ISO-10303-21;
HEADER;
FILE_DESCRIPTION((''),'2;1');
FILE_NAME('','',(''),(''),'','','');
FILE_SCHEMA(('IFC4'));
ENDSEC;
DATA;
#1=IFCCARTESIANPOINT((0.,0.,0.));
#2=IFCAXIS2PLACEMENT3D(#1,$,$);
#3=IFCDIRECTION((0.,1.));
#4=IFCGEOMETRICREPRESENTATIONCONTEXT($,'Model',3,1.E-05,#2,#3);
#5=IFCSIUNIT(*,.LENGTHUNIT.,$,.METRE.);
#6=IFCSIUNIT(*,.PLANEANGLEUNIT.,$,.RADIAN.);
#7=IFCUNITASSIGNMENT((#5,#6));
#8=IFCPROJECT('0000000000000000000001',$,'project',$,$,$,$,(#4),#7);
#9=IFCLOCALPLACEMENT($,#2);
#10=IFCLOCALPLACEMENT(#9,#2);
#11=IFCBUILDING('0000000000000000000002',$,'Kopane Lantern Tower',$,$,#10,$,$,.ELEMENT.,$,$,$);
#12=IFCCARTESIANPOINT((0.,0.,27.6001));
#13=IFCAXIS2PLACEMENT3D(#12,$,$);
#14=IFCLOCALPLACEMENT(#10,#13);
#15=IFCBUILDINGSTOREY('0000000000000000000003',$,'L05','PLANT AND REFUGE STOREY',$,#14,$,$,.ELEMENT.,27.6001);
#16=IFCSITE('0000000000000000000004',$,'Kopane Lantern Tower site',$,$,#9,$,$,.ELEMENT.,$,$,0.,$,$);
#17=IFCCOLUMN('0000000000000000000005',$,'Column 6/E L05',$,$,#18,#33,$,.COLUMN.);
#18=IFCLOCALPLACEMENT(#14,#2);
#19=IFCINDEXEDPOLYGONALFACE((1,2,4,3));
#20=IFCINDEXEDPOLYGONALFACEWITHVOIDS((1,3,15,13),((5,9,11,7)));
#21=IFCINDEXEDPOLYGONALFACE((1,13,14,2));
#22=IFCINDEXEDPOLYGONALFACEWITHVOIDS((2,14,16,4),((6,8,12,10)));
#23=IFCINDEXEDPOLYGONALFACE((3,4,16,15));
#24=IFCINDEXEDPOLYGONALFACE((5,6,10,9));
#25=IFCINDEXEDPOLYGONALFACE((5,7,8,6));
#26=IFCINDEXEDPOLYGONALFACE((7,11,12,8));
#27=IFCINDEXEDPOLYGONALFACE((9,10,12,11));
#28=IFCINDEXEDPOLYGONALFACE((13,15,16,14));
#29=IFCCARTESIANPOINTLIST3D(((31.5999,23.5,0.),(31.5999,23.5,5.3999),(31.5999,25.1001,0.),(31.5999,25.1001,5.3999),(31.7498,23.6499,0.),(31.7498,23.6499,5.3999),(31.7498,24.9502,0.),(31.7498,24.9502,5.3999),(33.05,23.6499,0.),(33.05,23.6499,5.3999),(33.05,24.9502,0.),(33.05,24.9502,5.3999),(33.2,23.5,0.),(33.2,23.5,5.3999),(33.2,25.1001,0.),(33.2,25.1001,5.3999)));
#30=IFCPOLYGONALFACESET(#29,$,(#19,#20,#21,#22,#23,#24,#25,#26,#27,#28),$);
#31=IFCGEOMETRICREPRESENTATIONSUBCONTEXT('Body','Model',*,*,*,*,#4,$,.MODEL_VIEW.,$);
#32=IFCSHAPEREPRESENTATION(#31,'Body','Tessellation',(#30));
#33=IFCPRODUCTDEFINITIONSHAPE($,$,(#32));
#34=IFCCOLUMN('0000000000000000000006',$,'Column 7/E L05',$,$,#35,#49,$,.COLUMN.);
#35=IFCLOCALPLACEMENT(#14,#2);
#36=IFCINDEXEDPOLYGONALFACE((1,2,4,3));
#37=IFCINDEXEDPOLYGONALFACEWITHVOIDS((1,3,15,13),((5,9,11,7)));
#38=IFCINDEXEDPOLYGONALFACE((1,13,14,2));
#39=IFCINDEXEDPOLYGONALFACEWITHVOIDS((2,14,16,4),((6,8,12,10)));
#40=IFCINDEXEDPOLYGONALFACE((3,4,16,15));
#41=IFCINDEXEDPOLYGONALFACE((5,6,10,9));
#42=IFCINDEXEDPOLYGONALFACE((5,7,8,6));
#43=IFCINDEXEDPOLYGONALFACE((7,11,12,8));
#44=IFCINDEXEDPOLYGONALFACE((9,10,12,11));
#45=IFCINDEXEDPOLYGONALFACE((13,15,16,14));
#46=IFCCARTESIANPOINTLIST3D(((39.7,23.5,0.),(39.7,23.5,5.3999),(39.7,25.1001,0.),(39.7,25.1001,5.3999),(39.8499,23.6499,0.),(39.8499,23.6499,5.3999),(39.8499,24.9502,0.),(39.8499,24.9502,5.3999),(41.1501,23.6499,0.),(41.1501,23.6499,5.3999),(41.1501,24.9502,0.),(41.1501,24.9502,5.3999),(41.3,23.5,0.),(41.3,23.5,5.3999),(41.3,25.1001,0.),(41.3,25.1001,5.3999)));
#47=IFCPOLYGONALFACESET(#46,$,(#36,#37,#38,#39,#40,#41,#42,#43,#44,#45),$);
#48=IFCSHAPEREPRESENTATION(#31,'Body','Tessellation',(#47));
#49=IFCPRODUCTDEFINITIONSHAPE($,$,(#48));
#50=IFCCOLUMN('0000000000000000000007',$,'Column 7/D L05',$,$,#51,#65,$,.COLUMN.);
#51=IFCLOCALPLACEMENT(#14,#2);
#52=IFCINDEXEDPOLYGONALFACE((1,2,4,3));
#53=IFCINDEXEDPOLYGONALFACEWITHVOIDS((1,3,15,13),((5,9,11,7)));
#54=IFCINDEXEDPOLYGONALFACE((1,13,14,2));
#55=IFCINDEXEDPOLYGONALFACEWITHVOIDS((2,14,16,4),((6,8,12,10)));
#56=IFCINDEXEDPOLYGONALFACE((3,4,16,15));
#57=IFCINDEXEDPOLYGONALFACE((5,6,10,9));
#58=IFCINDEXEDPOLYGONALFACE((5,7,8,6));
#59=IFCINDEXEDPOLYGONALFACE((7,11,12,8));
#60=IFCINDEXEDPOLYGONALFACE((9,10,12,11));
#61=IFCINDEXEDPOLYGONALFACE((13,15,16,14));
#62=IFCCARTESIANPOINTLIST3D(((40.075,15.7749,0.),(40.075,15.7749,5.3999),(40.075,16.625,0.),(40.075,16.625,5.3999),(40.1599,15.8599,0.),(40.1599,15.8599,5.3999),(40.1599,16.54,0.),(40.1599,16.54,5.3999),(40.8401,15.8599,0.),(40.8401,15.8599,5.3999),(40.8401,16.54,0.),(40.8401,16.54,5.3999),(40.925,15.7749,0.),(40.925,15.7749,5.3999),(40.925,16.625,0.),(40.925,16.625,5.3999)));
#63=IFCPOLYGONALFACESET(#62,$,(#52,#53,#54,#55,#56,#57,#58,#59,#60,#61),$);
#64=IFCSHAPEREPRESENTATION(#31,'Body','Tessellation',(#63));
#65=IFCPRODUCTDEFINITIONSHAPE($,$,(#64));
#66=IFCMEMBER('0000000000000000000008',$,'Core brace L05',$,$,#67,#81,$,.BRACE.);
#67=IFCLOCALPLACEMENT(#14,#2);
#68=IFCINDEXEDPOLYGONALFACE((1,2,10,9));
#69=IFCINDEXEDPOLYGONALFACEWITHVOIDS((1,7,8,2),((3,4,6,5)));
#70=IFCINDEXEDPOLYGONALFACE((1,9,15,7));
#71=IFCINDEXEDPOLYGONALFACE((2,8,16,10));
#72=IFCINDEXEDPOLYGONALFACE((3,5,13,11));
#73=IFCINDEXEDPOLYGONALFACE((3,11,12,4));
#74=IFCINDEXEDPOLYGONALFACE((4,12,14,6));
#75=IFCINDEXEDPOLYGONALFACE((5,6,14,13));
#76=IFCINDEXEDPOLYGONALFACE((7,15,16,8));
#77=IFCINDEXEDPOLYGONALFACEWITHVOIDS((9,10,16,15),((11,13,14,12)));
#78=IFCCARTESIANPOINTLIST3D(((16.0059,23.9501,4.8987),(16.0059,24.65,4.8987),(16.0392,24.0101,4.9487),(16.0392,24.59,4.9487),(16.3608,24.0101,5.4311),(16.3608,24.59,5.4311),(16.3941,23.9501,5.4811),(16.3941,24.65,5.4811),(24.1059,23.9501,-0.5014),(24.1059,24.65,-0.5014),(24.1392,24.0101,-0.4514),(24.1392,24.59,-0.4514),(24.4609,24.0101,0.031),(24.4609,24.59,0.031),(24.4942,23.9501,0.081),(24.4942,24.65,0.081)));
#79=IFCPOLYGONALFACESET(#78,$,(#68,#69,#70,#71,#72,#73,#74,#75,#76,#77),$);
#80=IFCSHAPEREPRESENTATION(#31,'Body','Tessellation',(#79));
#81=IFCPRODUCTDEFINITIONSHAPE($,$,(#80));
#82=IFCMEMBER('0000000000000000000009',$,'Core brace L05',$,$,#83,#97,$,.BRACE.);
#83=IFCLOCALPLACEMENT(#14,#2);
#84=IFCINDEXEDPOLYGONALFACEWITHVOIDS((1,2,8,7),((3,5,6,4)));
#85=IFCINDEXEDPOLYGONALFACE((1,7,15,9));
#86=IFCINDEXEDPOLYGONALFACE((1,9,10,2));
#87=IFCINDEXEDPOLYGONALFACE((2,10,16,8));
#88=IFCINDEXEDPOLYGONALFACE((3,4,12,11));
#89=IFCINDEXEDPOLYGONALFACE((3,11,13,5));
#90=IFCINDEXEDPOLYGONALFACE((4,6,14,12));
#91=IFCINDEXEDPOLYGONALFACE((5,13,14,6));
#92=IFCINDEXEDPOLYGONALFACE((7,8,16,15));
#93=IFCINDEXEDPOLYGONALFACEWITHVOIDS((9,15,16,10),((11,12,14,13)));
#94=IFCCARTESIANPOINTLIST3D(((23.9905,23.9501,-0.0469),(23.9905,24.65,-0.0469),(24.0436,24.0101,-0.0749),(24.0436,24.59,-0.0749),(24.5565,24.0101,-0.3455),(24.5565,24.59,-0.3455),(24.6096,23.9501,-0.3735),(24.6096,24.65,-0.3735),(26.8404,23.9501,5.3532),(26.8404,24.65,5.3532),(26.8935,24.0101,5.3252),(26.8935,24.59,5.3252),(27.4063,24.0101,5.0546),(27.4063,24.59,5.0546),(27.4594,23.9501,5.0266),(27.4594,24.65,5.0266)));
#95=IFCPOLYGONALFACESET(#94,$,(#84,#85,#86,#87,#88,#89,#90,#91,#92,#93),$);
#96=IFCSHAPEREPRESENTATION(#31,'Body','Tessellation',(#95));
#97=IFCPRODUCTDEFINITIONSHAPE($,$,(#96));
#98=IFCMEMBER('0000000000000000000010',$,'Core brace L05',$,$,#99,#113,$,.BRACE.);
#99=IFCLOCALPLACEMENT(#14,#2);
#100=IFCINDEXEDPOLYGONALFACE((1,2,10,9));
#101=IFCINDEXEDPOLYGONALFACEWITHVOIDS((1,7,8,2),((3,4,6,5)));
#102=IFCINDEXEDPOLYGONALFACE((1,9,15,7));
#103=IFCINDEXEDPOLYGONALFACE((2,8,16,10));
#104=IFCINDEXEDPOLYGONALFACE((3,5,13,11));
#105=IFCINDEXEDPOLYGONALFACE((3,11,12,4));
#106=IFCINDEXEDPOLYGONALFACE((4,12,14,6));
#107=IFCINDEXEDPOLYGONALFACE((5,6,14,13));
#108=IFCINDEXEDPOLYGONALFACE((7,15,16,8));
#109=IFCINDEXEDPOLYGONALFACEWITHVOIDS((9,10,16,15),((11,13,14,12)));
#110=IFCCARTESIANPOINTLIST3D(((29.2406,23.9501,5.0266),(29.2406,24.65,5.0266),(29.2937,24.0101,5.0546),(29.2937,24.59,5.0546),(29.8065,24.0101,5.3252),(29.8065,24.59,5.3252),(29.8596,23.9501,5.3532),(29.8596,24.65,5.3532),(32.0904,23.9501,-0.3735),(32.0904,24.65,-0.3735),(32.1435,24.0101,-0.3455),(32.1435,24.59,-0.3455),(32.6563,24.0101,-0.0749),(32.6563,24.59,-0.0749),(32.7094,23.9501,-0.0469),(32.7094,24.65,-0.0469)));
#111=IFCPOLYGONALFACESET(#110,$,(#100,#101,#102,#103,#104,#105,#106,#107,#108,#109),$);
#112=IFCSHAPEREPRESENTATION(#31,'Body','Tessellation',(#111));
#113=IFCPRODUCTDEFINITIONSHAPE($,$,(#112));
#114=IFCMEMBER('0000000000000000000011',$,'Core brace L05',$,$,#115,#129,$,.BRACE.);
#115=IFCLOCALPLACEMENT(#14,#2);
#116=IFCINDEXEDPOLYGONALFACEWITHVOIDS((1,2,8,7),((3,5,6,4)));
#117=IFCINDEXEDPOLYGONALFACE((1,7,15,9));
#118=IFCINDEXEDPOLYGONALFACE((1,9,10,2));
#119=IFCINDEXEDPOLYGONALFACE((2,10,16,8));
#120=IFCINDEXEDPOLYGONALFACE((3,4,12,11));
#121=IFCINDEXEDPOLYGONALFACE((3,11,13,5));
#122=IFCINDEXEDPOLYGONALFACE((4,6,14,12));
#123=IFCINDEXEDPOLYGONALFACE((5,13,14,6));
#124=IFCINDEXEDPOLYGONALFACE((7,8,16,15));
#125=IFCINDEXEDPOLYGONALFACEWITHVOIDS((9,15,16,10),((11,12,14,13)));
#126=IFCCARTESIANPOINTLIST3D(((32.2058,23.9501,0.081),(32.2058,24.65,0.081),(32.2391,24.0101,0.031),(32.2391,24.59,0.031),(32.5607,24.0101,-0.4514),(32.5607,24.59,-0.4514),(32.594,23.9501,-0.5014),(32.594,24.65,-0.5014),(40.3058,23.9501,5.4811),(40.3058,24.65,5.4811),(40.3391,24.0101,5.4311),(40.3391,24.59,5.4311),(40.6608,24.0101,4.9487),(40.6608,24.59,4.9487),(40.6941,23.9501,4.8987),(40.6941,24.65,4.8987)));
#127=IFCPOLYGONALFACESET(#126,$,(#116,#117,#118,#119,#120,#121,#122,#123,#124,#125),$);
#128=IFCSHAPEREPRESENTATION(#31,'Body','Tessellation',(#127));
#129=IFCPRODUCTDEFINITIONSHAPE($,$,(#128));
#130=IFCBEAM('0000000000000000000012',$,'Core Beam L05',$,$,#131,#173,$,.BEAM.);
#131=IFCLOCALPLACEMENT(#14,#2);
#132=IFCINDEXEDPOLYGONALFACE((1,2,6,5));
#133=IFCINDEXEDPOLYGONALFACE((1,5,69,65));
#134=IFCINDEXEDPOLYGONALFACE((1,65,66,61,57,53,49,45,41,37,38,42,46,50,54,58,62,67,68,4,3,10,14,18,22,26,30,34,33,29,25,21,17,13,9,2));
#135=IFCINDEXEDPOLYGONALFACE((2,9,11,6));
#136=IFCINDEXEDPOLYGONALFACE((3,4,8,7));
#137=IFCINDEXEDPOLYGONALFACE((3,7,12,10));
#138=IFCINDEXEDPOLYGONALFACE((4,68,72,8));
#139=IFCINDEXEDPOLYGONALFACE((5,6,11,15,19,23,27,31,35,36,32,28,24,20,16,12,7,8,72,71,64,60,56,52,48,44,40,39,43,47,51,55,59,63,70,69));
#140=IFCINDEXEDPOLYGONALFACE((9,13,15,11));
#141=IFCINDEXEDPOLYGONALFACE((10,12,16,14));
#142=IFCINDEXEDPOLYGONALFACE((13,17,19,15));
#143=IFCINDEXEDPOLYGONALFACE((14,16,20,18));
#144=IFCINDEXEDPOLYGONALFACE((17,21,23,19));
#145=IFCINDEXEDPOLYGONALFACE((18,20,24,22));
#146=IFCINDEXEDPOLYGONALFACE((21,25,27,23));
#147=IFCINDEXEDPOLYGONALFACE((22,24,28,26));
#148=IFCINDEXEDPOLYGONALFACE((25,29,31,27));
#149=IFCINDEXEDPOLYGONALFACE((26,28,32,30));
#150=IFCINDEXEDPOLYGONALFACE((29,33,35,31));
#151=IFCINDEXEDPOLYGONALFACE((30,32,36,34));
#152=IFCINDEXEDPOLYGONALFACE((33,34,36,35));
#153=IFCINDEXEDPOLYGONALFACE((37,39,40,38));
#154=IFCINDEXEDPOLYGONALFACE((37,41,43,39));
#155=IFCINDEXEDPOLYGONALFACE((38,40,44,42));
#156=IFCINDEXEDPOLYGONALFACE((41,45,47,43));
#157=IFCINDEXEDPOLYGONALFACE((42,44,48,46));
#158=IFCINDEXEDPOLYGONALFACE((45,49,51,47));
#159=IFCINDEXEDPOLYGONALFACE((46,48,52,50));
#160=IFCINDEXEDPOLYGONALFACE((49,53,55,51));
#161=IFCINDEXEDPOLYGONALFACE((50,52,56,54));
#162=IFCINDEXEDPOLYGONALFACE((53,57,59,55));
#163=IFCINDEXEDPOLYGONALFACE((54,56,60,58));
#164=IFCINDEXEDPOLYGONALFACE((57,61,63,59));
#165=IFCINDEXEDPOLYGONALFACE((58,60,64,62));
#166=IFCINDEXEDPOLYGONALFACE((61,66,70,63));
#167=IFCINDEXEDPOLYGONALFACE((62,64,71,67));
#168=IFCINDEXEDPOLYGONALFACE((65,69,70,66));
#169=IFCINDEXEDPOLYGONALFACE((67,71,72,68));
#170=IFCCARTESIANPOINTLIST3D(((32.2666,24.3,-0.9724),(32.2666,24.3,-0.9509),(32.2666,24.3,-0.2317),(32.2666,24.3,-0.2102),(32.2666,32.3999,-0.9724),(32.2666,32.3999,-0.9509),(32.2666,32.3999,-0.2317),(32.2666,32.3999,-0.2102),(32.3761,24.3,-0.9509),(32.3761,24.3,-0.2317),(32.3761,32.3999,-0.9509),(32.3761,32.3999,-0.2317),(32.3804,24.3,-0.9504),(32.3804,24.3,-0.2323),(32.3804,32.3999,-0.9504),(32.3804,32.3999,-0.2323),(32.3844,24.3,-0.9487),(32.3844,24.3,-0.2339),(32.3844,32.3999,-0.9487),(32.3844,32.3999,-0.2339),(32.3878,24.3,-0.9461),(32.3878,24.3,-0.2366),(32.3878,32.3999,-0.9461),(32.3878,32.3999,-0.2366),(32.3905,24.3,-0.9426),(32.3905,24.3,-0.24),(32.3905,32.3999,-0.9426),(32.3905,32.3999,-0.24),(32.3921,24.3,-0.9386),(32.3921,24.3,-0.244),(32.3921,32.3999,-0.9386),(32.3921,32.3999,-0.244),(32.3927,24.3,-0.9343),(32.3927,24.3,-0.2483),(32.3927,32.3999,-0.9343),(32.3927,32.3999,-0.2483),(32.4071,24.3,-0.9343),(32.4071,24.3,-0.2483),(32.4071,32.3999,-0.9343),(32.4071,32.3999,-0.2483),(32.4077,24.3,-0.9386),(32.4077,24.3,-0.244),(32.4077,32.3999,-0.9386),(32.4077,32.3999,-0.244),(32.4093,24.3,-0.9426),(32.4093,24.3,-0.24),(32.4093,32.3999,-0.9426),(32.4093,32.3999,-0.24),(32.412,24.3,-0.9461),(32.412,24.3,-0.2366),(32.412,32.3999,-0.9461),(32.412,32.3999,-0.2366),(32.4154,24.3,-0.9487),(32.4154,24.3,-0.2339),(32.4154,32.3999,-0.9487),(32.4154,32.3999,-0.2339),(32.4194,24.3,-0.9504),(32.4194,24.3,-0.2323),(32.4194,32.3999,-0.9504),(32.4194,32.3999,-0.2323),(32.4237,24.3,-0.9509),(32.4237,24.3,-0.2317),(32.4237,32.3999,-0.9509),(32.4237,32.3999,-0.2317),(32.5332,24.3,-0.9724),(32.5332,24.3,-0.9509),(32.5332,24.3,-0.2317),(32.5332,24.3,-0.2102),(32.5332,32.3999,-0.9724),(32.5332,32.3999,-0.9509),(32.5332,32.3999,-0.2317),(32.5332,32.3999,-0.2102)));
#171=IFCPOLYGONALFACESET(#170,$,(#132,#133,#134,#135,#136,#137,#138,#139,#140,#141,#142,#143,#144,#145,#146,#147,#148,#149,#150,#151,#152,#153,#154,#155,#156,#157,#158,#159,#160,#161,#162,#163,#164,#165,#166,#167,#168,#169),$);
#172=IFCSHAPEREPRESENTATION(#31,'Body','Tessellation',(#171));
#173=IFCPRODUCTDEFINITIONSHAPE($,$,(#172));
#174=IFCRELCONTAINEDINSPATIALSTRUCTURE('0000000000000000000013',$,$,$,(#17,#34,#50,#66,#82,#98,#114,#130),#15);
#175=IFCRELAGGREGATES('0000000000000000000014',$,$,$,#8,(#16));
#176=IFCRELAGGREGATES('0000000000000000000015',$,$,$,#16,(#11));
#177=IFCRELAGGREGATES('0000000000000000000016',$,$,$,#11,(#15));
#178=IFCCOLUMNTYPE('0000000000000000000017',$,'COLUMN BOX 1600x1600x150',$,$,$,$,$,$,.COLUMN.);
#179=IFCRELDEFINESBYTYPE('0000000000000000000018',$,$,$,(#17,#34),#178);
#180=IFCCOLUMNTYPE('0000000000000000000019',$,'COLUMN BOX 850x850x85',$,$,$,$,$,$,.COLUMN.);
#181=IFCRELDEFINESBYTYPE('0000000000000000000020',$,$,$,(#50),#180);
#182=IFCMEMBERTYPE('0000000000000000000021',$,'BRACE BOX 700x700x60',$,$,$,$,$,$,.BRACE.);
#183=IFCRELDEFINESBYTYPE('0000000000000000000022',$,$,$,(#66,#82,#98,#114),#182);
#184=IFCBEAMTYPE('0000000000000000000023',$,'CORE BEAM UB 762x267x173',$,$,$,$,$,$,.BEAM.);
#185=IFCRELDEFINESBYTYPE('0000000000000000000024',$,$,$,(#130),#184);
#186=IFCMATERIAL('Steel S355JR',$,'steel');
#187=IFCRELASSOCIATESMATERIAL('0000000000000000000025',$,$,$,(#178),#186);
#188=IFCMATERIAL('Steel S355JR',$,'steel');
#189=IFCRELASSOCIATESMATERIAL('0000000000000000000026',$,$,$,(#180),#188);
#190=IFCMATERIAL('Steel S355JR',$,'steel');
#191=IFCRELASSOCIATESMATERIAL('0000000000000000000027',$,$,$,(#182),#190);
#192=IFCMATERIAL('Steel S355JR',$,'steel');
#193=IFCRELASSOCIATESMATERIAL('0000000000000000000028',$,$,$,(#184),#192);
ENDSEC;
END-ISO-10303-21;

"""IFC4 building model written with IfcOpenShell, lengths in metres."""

from ifc_helpers import new_model, si_unit, direction, frame, origin, origin_2d, place, context, subcontext, project, spatial, hollow_rectangle, i_section, extrude, material, material_profile, profile_set, type_object, element, save


model = new_model("IFC4")

# Units and contexts
model_context = context("Model", 3, precision=1e-05, world=origin(), true_north=direction((0.0, 1.0)))
body_context = subcontext(model_context, "Body", "Model", "MODEL_VIEW")
ifc_project = project(units=[si_unit("LENGTHUNIT", "METRE"), si_unit("PLANEANGLEUNIT", "RADIAN")], contexts=[model_context])

# Site, building, storey
site_placement = place(None, origin())
site = spatial("IfcSite", under=ifc_project, at=site_placement, Name="Kopane Lantern Tower site", CompositionType="ELEMENT", RefElevation=0.0)
building_placement = place(site_placement, origin())
building = spatial("IfcBuilding", under=site, at=building_placement, Name="Kopane Lantern Tower", CompositionType="ELEMENT")
storey_placement = place(building_placement, frame((0.0, 0.0, 27.6001)))
storey = spatial("IfcBuildingStorey", under=building, at=storey_placement, Name="L05", Description="PLANT AND REFUGE STOREY", CompositionType="ELEMENT", Elevation=27.6001)

# Columns
ifc_material_1 = material(Name="Steel S355JR", Category="steel")
ifc_material_profile_1 = material_profile(ifc_material_1, hollow_rectangle(XDim=1.6001, YDim=1.6001, WallThickness=0.1499, at=origin_2d()), Name="BOX 1600x1600x150")
ifc_profile_set_1 = profile_set([ifc_material_profile_1], Name="Steel S355JR")
column_type_1 = type_object("IfcColumnType", Name="COLUMN BOX 1600x1600x150", PredefinedType="COLUMN", material=ifc_profile_set_1)
for number, where, z_axis, x_axis, name in (
    (1, (32.3999, 24.3, 0.0), (0.0, 0.0, 1.0), (1.0, 0.0, 0.0), "Column 6/E L05"),
    (2, (40.5, 24.3, 0.0), (0.0, 0.0, 1.0), (1.0, 0.0, 0.0), "Column 7/E L05"),
):
    element("IfcColumn", number, at=place(storey_placement, frame(where, z_axis=z_axis, x_axis=x_axis)), inside=storey, type_object=column_type_1, Name=name, PredefinedType="COLUMN", context=body_context, shape_type="SweptSolid", body=[
        extrude(hollow_rectangle(XDim=1.6001, YDim=1.6001, WallThickness=0.1499, at=origin_2d()), origin(), (0.0, 0.0, 1.0), 5.3999),
    ])
ifc_material_2 = material(Name="Steel S355JR", Category="steel")
ifc_material_profile_2 = material_profile(ifc_material_2, hollow_rectangle(XDim=0.8501, YDim=0.8501, WallThickness=0.085, at=origin_2d()), Name="BOX 850x850x85")
ifc_profile_set_2 = profile_set([ifc_material_profile_2], Name="Steel S355JR")
column_type_2 = type_object("IfcColumnType", Name="COLUMN BOX 850x850x85", PredefinedType="COLUMN", material=ifc_profile_set_2)
column_placement = place(storey_placement, frame((40.5, 16.2, 0.0), z_axis=(0.0, 0.0, 1.0), x_axis=(1.0, 0.0, 0.0)))
element("IfcColumn", 3, at=column_placement, inside=storey, type_object=column_type_2, Name="Column 7/D L05", PredefinedType="COLUMN", context=body_context, shape_type="SweptSolid", body=[
    extrude(hollow_rectangle(XDim=0.8501, YDim=0.8501, WallThickness=0.085, at=origin_2d()), origin(), (0.0, 0.0, 1.0), 5.3999),
])

# Members
ifc_material_3 = material(Name="Steel S355JR", Category="steel")
ifc_material_profile_3 = material_profile(ifc_material_3, hollow_rectangle(XDim=0.7, YDim=0.7, WallThickness=0.0601, at=origin_2d()), Name="BOX 700x700x60")
ifc_profile_set_3 = profile_set([ifc_material_profile_3], Name="Steel S355JR")
member_type = type_object("IfcMemberType", Name="BRACE BOX 700x700x60", PredefinedType="BRACE", material=ifc_profile_set_3)
member_1_placement = place(storey_placement, frame((24.3, 24.3, -0.2102), z_axis=(-0.832046, 0.0, 0.554706), x_axis=(0.0, -1.0, 0.0)))
element("IfcMember", 4, at=member_1_placement, inside=storey, type_object=member_type, Name="Core brace L05", PredefinedType="BRACE", context=body_context, shape_type="SweptSolid", body=[
    extrude(hollow_rectangle(XDim=0.7, YDim=0.7, WallThickness=0.0601, at=origin_2d()), origin(), (0.0, 0.0, 1.0), 9.7351),
])
for number, where, z_axis, x_axis, name in (
    (5, (24.3, 24.3, -0.2102), (0.46673, 0.0, 0.8844), (0.0, 1.0, 0.0), "Core brace L05"),
    (6, (32.3999, 24.3, -0.2102), (-0.46673, 0.0, 0.8844), (0.0, -1.0, 0.0), "Core brace L05"),
):
    element("IfcMember", number, at=place(storey_placement, frame(where, z_axis=z_axis, x_axis=x_axis)), inside=storey, type_object=member_type, Name=name, PredefinedType="BRACE", context=body_context, shape_type="SweptSolid", body=[
        extrude(hollow_rectangle(XDim=0.7, YDim=0.7, WallThickness=0.0601, at=origin_2d()), origin(), (0.0, 0.0, 1.0), 6.106),
    ])
member_2_placement = place(storey_placement, frame((32.3999, 24.3, -0.2102), z_axis=(0.832046, 0.0, 0.554706), x_axis=(0.0, 1.0, 0.0)))
element("IfcMember", 7, at=member_2_placement, inside=storey, type_object=member_type, Name="Core brace L05", PredefinedType="BRACE", context=body_context, shape_type="SweptSolid", body=[
    extrude(hollow_rectangle(XDim=0.7, YDim=0.7, WallThickness=0.0601, at=origin_2d()), origin(), (0.0, 0.0, 1.0), 9.7351),
])

# Beam
ifc_material_4 = material(Name="Steel S355JR", Category="steel")
ifc_material_profile_4 = material_profile(ifc_material_4, i_section(OverallWidth=0.2666, OverallDepth=0.7622, WebThickness=0.0144, FlangeThickness=0.0215, FilletRadius=0.0166, at=origin_2d()), Name="UB 762x267x173")
ifc_profile_set_4 = profile_set([ifc_material_profile_4], Name="Steel S355JR")
beam_type_1 = type_object("IfcBeamType", Name="CORE BEAM UB 762x267x173", PredefinedType="BEAM", material=ifc_profile_set_4)
beam_1_placement = place(storey_placement, frame((32.3999, 24.3, -0.5913), z_axis=(0.0, 1.0, 0.0), x_axis=(-1.0, 0.0, 0.0)))
element("IfcBeam", 8, at=beam_1_placement, inside=storey, type_object=beam_type_1, Name="Core Beam L05", PredefinedType="BEAM", context=body_context, shape_type="SweptSolid", body=[
    extrude(i_section(OverallWidth=0.2666, OverallDepth=0.7622, WebThickness=0.0144, FlangeThickness=0.0215, FilletRadius=0.0166, at=origin_2d()), origin(), (0.0, 0.0, 1.0), 8.0999),
])

save(model, "model.ifc")
